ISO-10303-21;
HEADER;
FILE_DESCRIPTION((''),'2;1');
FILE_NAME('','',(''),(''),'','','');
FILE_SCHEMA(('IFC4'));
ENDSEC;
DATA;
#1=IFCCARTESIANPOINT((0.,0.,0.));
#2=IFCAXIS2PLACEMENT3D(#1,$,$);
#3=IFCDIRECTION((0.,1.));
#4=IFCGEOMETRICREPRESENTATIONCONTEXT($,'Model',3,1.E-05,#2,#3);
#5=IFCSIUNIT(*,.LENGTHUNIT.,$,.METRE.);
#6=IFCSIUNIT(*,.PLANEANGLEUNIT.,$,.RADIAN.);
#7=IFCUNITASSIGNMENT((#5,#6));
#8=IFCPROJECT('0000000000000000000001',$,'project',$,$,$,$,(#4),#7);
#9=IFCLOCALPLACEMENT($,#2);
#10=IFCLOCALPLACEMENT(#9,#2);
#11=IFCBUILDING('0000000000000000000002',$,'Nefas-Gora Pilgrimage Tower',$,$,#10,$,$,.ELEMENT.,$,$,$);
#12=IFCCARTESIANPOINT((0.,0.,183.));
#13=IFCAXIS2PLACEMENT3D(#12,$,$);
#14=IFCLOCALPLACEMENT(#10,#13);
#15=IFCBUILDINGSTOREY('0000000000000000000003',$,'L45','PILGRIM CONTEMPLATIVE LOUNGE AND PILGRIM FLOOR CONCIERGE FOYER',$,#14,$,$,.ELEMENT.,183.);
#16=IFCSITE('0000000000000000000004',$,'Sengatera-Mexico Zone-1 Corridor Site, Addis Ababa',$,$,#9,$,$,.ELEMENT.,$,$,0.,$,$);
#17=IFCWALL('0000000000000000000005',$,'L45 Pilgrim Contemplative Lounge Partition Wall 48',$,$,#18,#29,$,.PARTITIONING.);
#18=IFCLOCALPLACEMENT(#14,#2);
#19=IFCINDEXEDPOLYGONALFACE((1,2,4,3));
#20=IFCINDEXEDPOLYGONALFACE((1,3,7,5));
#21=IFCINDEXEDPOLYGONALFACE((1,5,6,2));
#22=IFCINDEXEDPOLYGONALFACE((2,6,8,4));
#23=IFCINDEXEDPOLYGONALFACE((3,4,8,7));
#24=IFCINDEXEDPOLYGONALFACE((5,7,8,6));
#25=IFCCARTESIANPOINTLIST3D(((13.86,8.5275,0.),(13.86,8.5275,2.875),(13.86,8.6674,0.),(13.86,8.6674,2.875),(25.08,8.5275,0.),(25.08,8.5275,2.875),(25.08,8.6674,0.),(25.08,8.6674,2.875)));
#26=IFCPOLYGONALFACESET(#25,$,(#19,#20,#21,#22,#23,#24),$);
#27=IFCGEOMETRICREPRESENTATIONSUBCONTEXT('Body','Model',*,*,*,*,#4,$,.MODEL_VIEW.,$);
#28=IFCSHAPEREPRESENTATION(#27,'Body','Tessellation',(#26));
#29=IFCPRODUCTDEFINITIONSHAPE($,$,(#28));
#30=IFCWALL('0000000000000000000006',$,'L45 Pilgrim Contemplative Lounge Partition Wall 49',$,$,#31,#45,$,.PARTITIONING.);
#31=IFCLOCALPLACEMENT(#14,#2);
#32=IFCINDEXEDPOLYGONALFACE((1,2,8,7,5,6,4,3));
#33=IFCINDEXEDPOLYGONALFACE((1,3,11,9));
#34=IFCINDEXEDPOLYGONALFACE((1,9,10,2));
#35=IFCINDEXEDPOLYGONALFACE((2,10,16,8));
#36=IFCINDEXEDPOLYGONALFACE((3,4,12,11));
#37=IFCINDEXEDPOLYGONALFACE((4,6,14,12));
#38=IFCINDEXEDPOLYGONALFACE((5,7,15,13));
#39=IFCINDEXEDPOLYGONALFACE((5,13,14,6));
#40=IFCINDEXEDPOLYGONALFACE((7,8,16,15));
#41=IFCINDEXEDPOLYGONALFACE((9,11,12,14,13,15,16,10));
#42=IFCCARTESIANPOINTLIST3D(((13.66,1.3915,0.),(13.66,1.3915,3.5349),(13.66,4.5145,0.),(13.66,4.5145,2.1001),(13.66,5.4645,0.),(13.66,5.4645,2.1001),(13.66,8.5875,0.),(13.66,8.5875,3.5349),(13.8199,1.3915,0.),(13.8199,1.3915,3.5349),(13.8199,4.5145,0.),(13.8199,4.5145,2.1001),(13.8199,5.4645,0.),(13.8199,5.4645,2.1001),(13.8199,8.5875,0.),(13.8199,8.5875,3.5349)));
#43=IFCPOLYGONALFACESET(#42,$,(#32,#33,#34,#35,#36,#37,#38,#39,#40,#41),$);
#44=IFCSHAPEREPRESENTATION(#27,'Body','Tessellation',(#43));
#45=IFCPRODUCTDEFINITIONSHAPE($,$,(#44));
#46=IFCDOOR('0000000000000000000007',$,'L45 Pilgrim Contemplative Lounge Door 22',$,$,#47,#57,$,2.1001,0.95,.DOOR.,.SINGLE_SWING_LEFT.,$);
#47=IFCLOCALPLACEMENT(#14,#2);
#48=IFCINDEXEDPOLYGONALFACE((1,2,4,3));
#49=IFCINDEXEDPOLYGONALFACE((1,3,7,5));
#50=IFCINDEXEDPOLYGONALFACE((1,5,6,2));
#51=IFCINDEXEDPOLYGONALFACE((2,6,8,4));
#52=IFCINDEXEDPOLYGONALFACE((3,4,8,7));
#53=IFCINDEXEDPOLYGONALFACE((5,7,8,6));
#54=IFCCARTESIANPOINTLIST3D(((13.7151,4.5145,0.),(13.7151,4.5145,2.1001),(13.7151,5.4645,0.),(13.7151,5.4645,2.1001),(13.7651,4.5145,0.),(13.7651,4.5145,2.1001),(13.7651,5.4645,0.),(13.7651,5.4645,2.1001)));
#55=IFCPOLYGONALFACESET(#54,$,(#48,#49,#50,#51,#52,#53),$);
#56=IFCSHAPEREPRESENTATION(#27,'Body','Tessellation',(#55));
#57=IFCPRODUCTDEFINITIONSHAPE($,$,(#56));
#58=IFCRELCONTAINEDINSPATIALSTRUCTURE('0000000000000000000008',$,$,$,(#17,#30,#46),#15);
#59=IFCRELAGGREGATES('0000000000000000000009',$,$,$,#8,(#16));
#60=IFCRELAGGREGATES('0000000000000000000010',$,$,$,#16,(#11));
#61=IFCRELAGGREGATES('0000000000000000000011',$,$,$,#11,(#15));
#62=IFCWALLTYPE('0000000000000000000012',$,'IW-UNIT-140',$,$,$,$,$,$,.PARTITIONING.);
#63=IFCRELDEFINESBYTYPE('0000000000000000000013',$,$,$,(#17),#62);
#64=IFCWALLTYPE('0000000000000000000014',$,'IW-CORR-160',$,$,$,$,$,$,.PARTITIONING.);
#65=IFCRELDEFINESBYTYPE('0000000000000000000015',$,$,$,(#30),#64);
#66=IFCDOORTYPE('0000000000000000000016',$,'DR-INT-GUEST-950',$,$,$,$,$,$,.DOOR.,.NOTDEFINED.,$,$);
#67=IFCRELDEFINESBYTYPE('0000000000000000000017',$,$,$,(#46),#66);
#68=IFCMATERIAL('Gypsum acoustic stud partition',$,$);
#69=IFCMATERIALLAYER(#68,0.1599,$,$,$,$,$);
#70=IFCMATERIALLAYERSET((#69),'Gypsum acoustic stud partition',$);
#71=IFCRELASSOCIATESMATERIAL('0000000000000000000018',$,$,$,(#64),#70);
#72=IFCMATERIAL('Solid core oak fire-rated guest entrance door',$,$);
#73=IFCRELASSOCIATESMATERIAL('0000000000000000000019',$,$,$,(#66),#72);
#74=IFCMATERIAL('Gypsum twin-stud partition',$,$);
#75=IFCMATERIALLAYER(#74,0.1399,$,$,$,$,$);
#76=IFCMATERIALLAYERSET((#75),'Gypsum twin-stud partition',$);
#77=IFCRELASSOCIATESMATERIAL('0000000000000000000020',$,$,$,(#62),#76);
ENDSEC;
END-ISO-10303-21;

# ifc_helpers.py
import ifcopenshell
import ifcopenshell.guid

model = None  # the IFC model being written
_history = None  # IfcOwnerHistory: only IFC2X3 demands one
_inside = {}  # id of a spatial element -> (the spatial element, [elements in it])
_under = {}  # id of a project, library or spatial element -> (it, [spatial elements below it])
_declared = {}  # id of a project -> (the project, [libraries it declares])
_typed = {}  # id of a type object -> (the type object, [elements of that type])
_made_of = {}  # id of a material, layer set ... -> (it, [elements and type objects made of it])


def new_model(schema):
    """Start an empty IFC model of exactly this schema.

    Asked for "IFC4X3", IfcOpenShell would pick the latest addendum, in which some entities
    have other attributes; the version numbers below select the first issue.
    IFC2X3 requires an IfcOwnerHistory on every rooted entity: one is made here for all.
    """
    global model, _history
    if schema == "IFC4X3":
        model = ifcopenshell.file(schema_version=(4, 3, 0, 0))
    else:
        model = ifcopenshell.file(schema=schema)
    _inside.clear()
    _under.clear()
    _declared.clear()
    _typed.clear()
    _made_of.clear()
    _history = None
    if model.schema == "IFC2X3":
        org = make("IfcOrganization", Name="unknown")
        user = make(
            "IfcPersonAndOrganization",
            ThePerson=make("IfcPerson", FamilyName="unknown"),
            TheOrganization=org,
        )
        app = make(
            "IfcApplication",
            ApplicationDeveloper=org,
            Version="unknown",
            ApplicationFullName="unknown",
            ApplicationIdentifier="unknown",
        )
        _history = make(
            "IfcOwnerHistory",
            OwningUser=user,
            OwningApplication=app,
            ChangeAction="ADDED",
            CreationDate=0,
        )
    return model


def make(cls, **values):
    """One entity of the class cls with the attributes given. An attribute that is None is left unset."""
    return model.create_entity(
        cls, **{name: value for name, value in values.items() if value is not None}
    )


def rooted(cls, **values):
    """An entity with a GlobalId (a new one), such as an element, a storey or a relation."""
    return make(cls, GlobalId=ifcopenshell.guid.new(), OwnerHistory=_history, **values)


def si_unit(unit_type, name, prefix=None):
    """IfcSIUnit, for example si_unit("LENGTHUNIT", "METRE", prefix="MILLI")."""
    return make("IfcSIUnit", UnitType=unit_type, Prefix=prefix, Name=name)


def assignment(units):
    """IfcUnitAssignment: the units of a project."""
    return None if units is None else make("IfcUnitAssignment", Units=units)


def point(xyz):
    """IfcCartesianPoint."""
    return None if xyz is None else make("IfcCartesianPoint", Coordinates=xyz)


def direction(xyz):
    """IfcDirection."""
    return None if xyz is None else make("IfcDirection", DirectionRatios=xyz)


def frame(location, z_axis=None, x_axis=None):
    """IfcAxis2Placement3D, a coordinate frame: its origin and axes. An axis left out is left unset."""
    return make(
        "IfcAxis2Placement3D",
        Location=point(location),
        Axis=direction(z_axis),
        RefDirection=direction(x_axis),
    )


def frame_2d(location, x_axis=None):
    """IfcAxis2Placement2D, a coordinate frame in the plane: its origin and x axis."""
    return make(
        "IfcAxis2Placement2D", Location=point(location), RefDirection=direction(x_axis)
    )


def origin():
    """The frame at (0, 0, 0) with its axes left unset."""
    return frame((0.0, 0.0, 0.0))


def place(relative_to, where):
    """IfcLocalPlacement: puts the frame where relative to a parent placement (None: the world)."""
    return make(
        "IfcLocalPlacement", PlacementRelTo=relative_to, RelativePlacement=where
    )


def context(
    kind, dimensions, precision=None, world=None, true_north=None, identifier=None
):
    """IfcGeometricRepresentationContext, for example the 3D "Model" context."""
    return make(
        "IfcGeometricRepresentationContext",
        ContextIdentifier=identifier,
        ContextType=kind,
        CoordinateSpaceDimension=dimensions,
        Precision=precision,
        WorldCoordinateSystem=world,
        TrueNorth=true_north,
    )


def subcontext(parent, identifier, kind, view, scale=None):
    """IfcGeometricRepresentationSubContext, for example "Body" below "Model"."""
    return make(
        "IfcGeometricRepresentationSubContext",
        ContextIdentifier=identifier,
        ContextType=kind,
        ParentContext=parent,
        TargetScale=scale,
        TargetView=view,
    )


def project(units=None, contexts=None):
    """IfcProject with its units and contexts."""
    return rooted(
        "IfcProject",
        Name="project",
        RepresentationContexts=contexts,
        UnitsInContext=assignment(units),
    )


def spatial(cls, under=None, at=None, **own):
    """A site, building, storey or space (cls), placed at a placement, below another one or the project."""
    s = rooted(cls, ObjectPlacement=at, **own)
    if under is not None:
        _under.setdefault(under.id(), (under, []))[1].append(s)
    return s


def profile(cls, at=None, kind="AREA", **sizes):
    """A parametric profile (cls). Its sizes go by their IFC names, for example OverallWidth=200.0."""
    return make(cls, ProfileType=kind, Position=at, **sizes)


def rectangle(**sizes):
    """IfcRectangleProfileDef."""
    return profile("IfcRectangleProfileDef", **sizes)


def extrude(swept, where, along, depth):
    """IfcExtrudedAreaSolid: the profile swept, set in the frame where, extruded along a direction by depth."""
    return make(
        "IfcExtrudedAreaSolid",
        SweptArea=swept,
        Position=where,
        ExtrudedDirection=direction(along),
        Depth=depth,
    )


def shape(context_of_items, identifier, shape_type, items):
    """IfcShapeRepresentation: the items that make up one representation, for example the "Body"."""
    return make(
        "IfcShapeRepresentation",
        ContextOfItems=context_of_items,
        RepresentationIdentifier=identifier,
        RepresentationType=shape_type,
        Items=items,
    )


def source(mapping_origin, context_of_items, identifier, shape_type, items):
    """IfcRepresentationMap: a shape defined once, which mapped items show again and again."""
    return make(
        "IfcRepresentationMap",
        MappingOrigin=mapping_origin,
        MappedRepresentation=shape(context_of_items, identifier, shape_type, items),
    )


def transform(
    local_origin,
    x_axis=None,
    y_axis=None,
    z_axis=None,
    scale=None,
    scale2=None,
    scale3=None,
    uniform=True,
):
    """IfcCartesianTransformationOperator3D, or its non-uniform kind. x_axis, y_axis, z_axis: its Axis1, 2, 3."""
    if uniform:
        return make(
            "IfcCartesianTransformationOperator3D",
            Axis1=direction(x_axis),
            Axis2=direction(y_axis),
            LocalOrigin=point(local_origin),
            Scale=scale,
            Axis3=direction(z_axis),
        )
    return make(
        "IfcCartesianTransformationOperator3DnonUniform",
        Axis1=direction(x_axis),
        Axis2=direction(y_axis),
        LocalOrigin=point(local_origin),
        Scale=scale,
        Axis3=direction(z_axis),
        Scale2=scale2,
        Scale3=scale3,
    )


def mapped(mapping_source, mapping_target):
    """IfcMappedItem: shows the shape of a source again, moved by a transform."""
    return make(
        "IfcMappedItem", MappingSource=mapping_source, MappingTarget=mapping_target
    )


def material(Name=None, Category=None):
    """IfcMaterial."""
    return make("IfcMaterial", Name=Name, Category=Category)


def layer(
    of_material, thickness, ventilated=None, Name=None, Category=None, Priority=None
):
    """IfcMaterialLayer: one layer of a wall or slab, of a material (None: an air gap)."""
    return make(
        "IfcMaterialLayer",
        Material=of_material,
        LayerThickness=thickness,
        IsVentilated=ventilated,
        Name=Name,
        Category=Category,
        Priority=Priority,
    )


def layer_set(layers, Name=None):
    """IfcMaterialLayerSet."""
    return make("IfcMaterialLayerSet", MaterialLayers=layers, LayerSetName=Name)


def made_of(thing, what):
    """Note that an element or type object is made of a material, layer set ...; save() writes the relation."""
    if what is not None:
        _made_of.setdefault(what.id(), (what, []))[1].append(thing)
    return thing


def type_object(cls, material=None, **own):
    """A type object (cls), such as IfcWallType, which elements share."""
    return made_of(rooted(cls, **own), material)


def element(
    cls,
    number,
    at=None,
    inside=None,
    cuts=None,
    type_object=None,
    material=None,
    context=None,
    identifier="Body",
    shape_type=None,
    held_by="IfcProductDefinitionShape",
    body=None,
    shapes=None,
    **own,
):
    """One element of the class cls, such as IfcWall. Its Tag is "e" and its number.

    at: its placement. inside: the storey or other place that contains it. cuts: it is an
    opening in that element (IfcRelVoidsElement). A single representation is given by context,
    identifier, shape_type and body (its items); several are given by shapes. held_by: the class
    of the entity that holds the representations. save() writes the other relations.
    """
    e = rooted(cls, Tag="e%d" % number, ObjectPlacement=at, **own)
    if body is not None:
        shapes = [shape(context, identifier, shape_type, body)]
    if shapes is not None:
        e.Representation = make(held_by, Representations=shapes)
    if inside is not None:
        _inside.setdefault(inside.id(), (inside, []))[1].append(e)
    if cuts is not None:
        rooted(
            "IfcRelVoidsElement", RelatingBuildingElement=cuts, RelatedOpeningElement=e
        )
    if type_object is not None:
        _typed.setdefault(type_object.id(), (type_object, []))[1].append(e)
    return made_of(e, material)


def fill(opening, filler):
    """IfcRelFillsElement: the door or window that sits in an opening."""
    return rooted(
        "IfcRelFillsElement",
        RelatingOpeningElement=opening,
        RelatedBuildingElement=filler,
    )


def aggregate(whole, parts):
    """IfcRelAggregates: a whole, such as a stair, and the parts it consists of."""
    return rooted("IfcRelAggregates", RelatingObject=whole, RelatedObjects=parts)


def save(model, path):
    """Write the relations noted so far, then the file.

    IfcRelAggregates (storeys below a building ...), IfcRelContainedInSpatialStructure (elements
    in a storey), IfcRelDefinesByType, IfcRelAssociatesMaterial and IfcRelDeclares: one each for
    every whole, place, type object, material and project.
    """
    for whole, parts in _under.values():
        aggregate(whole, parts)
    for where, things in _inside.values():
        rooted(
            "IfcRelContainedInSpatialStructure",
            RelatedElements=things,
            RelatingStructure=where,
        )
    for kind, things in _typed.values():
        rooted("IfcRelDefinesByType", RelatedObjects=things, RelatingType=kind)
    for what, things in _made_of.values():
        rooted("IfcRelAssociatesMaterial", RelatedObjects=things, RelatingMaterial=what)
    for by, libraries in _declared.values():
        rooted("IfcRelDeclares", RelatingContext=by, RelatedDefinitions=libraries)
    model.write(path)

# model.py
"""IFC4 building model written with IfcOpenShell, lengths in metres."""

from ifc_helpers import new_model, si_unit, direction, frame, frame_2d, origin, place, context, subcontext, project, spatial, rectangle, extrude, source, transform, mapped, material, layer, layer_set, type_object, element, fill, save


model = new_model("IFC4")

# Units and contexts
model_context = context("Model", 3, precision=1e-05, world=origin(), true_north=direction((0.0, 1.0)))
body_context = subcontext(model_context, "Body", "Model", "MODEL_VIEW")
ifc_project = project(units=[si_unit("LENGTHUNIT", "METRE"), si_unit("PLANEANGLEUNIT", "RADIAN")], contexts=[model_context])

# Site, building, storey
site_placement = place(None, origin())
site = spatial("IfcSite", under=ifc_project, at=site_placement, Name="Sengatera-Mexico Zone-1 Corridor Site, Addis Ababa", CompositionType="ELEMENT", RefElevation=0.0)
building_placement = place(site_placement, origin())
building = spatial("IfcBuilding", under=site, at=building_placement, Name="Nefas-Gora Pilgrimage Tower", CompositionType="ELEMENT")
storey_placement = place(building_placement, frame((0.0, 0.0, 183.0)))
storey = spatial("IfcBuildingStorey", under=building, at=storey_placement, Name="L45", Description="PILGRIM CONTEMPLATIVE LOUNGE AND PILGRIM FLOOR CONCIERGE FOYER", CompositionType="ELEMENT", Elevation=183.0)

# Shared definitions
ifc_material_1 = material(Name="Gypsum acoustic stud partition")
ifc_layer_1 = layer(ifc_material_1, 0.1599)
ifc_layer_set_1 = layer_set([ifc_layer_1], Name="Gypsum acoustic stud partition")
wall_type_1 = type_object("IfcWallType", Name="IW-CORR-160", PredefinedType="PARTITIONING", material=ifc_layer_set_1)
ifc_material_2 = material(Name="Solid core oak fire-rated guest entrance door")
door_type = type_object("IfcDoorType", Name="DR-INT-GUEST-950", OperationType="NOTDEFINED", PredefinedType="DOOR", material=ifc_material_2)
shared_shape_1 = source(origin(), body_context, "Body", "SweptSolid", [
    extrude(rectangle(XDim=0.95, YDim=2.1001, at=frame_2d((0.4751, 1.05))), frame((0.0, 0.0249, 0.0), z_axis=(0.0, -1.0, 0.0), x_axis=(1.0, 0.0, 0.0)), (0.0, 0.0, 1.0), 0.05),
])

# Wall
ifc_material_3 = material(Name="Gypsum twin-stud partition")
ifc_layer_2 = layer(ifc_material_3, 0.1399)
ifc_layer_set_2 = layer_set([ifc_layer_2], Name="Gypsum twin-stud partition")
wall_type_2 = type_object("IfcWallType", Name="IW-UNIT-140", PredefinedType="PARTITIONING", material=ifc_layer_set_2)
shared_shape_2 = source(origin(), body_context, "Body", "SweptSolid", [
    extrude(rectangle(XDim=11.22, YDim=0.1399, at=frame_2d((5.6099, 0.0))), origin(), (0.0, 0.0, 1.0), 2.875),
])
wall_1_placement = place(storey_placement, frame((13.8601, 8.5974, 0.0), z_axis=(0.0, 0.0, 1.0), x_axis=(1.0, 0.0, 0.0)))
element("IfcWall", 1, at=wall_1_placement, inside=storey, type_object=wall_type_2, Name="L45 Pilgrim Contemplative Lounge Partition Wall 48", PredefinedType="PARTITIONING", context=body_context, shape_type="MappedRepresentation", body=[
    mapped(shared_shape_2, transform((0.0, 0.0, 0.0), x_axis=(1.0, 0.0, 0.0), y_axis=(0.0, 1.0, 0.0), z_axis=(0.0, 0.0, 1.0), scale=1.0)),
])

# Wall, opening, door
shared_shape_3 = source(origin(), body_context, "Body", "SweptSolid", [
    extrude(rectangle(XDim=7.196, YDim=0.1599, at=frame_2d((3.5981, 0.0))), origin(), (0.0, 0.0, 1.0), 3.5349),
])
wall_2_placement = place(storey_placement, frame((13.74, 1.3914, 0.0), z_axis=(0.0, 0.0, 1.0), x_axis=(0.0, 1.0, 0.0)))
wall_2 = element("IfcWall", 2, at=wall_2_placement, inside=storey, type_object=wall_type_1, Name="L45 Pilgrim Contemplative Lounge Partition Wall 49", PredefinedType="PARTITIONING", context=body_context, shape_type="MappedRepresentation", body=[
    mapped(shared_shape_3, transform((0.0, 0.0, 0.0), x_axis=(1.0, 0.0, 0.0), y_axis=(0.0, 1.0, 0.0), z_axis=(0.0, 0.0, 1.0), scale=1.0)),
])
opening_1_placement = place(wall_2_placement, frame((3.123, 0.0, 0.0)))
opening_1 = element("IfcOpeningElement", 3, at=opening_1_placement, cuts=wall_2, PredefinedType="OPENING", context=body_context, shape_type="SweptSolid", body=[
    extrude(rectangle(XDim=0.95, YDim=2.1001, at=frame_2d((0.4751, 1.05))), frame((0.0, 0.0898, 0.0), z_axis=(0.0, -1.0, 0.0), x_axis=(1.0, 0.0, 0.0)), (0.0, 0.0, 1.0), 0.1799),
])
door_1_placement = place(opening_1_placement, origin())
door_1 = element("IfcDoor", 4, at=door_1_placement, inside=storey, type_object=door_type, Name="L45 Pilgrim Contemplative Lounge Door 22", OperationType="SINGLE_SWING_LEFT", OverallHeight=2.1001, OverallWidth=0.95, PredefinedType="DOOR", context=body_context, shape_type="MappedRepresentation", body=[
    mapped(shared_shape_1, transform((0.0, 0.0, 0.0), x_axis=(1.0, 0.0, 0.0), y_axis=(0.0, 1.0, 0.0), z_axis=(0.0, 0.0, 1.0), scale=1.0)),
])
fill(opening_1, door_1)

save(model, "model.ifc")
